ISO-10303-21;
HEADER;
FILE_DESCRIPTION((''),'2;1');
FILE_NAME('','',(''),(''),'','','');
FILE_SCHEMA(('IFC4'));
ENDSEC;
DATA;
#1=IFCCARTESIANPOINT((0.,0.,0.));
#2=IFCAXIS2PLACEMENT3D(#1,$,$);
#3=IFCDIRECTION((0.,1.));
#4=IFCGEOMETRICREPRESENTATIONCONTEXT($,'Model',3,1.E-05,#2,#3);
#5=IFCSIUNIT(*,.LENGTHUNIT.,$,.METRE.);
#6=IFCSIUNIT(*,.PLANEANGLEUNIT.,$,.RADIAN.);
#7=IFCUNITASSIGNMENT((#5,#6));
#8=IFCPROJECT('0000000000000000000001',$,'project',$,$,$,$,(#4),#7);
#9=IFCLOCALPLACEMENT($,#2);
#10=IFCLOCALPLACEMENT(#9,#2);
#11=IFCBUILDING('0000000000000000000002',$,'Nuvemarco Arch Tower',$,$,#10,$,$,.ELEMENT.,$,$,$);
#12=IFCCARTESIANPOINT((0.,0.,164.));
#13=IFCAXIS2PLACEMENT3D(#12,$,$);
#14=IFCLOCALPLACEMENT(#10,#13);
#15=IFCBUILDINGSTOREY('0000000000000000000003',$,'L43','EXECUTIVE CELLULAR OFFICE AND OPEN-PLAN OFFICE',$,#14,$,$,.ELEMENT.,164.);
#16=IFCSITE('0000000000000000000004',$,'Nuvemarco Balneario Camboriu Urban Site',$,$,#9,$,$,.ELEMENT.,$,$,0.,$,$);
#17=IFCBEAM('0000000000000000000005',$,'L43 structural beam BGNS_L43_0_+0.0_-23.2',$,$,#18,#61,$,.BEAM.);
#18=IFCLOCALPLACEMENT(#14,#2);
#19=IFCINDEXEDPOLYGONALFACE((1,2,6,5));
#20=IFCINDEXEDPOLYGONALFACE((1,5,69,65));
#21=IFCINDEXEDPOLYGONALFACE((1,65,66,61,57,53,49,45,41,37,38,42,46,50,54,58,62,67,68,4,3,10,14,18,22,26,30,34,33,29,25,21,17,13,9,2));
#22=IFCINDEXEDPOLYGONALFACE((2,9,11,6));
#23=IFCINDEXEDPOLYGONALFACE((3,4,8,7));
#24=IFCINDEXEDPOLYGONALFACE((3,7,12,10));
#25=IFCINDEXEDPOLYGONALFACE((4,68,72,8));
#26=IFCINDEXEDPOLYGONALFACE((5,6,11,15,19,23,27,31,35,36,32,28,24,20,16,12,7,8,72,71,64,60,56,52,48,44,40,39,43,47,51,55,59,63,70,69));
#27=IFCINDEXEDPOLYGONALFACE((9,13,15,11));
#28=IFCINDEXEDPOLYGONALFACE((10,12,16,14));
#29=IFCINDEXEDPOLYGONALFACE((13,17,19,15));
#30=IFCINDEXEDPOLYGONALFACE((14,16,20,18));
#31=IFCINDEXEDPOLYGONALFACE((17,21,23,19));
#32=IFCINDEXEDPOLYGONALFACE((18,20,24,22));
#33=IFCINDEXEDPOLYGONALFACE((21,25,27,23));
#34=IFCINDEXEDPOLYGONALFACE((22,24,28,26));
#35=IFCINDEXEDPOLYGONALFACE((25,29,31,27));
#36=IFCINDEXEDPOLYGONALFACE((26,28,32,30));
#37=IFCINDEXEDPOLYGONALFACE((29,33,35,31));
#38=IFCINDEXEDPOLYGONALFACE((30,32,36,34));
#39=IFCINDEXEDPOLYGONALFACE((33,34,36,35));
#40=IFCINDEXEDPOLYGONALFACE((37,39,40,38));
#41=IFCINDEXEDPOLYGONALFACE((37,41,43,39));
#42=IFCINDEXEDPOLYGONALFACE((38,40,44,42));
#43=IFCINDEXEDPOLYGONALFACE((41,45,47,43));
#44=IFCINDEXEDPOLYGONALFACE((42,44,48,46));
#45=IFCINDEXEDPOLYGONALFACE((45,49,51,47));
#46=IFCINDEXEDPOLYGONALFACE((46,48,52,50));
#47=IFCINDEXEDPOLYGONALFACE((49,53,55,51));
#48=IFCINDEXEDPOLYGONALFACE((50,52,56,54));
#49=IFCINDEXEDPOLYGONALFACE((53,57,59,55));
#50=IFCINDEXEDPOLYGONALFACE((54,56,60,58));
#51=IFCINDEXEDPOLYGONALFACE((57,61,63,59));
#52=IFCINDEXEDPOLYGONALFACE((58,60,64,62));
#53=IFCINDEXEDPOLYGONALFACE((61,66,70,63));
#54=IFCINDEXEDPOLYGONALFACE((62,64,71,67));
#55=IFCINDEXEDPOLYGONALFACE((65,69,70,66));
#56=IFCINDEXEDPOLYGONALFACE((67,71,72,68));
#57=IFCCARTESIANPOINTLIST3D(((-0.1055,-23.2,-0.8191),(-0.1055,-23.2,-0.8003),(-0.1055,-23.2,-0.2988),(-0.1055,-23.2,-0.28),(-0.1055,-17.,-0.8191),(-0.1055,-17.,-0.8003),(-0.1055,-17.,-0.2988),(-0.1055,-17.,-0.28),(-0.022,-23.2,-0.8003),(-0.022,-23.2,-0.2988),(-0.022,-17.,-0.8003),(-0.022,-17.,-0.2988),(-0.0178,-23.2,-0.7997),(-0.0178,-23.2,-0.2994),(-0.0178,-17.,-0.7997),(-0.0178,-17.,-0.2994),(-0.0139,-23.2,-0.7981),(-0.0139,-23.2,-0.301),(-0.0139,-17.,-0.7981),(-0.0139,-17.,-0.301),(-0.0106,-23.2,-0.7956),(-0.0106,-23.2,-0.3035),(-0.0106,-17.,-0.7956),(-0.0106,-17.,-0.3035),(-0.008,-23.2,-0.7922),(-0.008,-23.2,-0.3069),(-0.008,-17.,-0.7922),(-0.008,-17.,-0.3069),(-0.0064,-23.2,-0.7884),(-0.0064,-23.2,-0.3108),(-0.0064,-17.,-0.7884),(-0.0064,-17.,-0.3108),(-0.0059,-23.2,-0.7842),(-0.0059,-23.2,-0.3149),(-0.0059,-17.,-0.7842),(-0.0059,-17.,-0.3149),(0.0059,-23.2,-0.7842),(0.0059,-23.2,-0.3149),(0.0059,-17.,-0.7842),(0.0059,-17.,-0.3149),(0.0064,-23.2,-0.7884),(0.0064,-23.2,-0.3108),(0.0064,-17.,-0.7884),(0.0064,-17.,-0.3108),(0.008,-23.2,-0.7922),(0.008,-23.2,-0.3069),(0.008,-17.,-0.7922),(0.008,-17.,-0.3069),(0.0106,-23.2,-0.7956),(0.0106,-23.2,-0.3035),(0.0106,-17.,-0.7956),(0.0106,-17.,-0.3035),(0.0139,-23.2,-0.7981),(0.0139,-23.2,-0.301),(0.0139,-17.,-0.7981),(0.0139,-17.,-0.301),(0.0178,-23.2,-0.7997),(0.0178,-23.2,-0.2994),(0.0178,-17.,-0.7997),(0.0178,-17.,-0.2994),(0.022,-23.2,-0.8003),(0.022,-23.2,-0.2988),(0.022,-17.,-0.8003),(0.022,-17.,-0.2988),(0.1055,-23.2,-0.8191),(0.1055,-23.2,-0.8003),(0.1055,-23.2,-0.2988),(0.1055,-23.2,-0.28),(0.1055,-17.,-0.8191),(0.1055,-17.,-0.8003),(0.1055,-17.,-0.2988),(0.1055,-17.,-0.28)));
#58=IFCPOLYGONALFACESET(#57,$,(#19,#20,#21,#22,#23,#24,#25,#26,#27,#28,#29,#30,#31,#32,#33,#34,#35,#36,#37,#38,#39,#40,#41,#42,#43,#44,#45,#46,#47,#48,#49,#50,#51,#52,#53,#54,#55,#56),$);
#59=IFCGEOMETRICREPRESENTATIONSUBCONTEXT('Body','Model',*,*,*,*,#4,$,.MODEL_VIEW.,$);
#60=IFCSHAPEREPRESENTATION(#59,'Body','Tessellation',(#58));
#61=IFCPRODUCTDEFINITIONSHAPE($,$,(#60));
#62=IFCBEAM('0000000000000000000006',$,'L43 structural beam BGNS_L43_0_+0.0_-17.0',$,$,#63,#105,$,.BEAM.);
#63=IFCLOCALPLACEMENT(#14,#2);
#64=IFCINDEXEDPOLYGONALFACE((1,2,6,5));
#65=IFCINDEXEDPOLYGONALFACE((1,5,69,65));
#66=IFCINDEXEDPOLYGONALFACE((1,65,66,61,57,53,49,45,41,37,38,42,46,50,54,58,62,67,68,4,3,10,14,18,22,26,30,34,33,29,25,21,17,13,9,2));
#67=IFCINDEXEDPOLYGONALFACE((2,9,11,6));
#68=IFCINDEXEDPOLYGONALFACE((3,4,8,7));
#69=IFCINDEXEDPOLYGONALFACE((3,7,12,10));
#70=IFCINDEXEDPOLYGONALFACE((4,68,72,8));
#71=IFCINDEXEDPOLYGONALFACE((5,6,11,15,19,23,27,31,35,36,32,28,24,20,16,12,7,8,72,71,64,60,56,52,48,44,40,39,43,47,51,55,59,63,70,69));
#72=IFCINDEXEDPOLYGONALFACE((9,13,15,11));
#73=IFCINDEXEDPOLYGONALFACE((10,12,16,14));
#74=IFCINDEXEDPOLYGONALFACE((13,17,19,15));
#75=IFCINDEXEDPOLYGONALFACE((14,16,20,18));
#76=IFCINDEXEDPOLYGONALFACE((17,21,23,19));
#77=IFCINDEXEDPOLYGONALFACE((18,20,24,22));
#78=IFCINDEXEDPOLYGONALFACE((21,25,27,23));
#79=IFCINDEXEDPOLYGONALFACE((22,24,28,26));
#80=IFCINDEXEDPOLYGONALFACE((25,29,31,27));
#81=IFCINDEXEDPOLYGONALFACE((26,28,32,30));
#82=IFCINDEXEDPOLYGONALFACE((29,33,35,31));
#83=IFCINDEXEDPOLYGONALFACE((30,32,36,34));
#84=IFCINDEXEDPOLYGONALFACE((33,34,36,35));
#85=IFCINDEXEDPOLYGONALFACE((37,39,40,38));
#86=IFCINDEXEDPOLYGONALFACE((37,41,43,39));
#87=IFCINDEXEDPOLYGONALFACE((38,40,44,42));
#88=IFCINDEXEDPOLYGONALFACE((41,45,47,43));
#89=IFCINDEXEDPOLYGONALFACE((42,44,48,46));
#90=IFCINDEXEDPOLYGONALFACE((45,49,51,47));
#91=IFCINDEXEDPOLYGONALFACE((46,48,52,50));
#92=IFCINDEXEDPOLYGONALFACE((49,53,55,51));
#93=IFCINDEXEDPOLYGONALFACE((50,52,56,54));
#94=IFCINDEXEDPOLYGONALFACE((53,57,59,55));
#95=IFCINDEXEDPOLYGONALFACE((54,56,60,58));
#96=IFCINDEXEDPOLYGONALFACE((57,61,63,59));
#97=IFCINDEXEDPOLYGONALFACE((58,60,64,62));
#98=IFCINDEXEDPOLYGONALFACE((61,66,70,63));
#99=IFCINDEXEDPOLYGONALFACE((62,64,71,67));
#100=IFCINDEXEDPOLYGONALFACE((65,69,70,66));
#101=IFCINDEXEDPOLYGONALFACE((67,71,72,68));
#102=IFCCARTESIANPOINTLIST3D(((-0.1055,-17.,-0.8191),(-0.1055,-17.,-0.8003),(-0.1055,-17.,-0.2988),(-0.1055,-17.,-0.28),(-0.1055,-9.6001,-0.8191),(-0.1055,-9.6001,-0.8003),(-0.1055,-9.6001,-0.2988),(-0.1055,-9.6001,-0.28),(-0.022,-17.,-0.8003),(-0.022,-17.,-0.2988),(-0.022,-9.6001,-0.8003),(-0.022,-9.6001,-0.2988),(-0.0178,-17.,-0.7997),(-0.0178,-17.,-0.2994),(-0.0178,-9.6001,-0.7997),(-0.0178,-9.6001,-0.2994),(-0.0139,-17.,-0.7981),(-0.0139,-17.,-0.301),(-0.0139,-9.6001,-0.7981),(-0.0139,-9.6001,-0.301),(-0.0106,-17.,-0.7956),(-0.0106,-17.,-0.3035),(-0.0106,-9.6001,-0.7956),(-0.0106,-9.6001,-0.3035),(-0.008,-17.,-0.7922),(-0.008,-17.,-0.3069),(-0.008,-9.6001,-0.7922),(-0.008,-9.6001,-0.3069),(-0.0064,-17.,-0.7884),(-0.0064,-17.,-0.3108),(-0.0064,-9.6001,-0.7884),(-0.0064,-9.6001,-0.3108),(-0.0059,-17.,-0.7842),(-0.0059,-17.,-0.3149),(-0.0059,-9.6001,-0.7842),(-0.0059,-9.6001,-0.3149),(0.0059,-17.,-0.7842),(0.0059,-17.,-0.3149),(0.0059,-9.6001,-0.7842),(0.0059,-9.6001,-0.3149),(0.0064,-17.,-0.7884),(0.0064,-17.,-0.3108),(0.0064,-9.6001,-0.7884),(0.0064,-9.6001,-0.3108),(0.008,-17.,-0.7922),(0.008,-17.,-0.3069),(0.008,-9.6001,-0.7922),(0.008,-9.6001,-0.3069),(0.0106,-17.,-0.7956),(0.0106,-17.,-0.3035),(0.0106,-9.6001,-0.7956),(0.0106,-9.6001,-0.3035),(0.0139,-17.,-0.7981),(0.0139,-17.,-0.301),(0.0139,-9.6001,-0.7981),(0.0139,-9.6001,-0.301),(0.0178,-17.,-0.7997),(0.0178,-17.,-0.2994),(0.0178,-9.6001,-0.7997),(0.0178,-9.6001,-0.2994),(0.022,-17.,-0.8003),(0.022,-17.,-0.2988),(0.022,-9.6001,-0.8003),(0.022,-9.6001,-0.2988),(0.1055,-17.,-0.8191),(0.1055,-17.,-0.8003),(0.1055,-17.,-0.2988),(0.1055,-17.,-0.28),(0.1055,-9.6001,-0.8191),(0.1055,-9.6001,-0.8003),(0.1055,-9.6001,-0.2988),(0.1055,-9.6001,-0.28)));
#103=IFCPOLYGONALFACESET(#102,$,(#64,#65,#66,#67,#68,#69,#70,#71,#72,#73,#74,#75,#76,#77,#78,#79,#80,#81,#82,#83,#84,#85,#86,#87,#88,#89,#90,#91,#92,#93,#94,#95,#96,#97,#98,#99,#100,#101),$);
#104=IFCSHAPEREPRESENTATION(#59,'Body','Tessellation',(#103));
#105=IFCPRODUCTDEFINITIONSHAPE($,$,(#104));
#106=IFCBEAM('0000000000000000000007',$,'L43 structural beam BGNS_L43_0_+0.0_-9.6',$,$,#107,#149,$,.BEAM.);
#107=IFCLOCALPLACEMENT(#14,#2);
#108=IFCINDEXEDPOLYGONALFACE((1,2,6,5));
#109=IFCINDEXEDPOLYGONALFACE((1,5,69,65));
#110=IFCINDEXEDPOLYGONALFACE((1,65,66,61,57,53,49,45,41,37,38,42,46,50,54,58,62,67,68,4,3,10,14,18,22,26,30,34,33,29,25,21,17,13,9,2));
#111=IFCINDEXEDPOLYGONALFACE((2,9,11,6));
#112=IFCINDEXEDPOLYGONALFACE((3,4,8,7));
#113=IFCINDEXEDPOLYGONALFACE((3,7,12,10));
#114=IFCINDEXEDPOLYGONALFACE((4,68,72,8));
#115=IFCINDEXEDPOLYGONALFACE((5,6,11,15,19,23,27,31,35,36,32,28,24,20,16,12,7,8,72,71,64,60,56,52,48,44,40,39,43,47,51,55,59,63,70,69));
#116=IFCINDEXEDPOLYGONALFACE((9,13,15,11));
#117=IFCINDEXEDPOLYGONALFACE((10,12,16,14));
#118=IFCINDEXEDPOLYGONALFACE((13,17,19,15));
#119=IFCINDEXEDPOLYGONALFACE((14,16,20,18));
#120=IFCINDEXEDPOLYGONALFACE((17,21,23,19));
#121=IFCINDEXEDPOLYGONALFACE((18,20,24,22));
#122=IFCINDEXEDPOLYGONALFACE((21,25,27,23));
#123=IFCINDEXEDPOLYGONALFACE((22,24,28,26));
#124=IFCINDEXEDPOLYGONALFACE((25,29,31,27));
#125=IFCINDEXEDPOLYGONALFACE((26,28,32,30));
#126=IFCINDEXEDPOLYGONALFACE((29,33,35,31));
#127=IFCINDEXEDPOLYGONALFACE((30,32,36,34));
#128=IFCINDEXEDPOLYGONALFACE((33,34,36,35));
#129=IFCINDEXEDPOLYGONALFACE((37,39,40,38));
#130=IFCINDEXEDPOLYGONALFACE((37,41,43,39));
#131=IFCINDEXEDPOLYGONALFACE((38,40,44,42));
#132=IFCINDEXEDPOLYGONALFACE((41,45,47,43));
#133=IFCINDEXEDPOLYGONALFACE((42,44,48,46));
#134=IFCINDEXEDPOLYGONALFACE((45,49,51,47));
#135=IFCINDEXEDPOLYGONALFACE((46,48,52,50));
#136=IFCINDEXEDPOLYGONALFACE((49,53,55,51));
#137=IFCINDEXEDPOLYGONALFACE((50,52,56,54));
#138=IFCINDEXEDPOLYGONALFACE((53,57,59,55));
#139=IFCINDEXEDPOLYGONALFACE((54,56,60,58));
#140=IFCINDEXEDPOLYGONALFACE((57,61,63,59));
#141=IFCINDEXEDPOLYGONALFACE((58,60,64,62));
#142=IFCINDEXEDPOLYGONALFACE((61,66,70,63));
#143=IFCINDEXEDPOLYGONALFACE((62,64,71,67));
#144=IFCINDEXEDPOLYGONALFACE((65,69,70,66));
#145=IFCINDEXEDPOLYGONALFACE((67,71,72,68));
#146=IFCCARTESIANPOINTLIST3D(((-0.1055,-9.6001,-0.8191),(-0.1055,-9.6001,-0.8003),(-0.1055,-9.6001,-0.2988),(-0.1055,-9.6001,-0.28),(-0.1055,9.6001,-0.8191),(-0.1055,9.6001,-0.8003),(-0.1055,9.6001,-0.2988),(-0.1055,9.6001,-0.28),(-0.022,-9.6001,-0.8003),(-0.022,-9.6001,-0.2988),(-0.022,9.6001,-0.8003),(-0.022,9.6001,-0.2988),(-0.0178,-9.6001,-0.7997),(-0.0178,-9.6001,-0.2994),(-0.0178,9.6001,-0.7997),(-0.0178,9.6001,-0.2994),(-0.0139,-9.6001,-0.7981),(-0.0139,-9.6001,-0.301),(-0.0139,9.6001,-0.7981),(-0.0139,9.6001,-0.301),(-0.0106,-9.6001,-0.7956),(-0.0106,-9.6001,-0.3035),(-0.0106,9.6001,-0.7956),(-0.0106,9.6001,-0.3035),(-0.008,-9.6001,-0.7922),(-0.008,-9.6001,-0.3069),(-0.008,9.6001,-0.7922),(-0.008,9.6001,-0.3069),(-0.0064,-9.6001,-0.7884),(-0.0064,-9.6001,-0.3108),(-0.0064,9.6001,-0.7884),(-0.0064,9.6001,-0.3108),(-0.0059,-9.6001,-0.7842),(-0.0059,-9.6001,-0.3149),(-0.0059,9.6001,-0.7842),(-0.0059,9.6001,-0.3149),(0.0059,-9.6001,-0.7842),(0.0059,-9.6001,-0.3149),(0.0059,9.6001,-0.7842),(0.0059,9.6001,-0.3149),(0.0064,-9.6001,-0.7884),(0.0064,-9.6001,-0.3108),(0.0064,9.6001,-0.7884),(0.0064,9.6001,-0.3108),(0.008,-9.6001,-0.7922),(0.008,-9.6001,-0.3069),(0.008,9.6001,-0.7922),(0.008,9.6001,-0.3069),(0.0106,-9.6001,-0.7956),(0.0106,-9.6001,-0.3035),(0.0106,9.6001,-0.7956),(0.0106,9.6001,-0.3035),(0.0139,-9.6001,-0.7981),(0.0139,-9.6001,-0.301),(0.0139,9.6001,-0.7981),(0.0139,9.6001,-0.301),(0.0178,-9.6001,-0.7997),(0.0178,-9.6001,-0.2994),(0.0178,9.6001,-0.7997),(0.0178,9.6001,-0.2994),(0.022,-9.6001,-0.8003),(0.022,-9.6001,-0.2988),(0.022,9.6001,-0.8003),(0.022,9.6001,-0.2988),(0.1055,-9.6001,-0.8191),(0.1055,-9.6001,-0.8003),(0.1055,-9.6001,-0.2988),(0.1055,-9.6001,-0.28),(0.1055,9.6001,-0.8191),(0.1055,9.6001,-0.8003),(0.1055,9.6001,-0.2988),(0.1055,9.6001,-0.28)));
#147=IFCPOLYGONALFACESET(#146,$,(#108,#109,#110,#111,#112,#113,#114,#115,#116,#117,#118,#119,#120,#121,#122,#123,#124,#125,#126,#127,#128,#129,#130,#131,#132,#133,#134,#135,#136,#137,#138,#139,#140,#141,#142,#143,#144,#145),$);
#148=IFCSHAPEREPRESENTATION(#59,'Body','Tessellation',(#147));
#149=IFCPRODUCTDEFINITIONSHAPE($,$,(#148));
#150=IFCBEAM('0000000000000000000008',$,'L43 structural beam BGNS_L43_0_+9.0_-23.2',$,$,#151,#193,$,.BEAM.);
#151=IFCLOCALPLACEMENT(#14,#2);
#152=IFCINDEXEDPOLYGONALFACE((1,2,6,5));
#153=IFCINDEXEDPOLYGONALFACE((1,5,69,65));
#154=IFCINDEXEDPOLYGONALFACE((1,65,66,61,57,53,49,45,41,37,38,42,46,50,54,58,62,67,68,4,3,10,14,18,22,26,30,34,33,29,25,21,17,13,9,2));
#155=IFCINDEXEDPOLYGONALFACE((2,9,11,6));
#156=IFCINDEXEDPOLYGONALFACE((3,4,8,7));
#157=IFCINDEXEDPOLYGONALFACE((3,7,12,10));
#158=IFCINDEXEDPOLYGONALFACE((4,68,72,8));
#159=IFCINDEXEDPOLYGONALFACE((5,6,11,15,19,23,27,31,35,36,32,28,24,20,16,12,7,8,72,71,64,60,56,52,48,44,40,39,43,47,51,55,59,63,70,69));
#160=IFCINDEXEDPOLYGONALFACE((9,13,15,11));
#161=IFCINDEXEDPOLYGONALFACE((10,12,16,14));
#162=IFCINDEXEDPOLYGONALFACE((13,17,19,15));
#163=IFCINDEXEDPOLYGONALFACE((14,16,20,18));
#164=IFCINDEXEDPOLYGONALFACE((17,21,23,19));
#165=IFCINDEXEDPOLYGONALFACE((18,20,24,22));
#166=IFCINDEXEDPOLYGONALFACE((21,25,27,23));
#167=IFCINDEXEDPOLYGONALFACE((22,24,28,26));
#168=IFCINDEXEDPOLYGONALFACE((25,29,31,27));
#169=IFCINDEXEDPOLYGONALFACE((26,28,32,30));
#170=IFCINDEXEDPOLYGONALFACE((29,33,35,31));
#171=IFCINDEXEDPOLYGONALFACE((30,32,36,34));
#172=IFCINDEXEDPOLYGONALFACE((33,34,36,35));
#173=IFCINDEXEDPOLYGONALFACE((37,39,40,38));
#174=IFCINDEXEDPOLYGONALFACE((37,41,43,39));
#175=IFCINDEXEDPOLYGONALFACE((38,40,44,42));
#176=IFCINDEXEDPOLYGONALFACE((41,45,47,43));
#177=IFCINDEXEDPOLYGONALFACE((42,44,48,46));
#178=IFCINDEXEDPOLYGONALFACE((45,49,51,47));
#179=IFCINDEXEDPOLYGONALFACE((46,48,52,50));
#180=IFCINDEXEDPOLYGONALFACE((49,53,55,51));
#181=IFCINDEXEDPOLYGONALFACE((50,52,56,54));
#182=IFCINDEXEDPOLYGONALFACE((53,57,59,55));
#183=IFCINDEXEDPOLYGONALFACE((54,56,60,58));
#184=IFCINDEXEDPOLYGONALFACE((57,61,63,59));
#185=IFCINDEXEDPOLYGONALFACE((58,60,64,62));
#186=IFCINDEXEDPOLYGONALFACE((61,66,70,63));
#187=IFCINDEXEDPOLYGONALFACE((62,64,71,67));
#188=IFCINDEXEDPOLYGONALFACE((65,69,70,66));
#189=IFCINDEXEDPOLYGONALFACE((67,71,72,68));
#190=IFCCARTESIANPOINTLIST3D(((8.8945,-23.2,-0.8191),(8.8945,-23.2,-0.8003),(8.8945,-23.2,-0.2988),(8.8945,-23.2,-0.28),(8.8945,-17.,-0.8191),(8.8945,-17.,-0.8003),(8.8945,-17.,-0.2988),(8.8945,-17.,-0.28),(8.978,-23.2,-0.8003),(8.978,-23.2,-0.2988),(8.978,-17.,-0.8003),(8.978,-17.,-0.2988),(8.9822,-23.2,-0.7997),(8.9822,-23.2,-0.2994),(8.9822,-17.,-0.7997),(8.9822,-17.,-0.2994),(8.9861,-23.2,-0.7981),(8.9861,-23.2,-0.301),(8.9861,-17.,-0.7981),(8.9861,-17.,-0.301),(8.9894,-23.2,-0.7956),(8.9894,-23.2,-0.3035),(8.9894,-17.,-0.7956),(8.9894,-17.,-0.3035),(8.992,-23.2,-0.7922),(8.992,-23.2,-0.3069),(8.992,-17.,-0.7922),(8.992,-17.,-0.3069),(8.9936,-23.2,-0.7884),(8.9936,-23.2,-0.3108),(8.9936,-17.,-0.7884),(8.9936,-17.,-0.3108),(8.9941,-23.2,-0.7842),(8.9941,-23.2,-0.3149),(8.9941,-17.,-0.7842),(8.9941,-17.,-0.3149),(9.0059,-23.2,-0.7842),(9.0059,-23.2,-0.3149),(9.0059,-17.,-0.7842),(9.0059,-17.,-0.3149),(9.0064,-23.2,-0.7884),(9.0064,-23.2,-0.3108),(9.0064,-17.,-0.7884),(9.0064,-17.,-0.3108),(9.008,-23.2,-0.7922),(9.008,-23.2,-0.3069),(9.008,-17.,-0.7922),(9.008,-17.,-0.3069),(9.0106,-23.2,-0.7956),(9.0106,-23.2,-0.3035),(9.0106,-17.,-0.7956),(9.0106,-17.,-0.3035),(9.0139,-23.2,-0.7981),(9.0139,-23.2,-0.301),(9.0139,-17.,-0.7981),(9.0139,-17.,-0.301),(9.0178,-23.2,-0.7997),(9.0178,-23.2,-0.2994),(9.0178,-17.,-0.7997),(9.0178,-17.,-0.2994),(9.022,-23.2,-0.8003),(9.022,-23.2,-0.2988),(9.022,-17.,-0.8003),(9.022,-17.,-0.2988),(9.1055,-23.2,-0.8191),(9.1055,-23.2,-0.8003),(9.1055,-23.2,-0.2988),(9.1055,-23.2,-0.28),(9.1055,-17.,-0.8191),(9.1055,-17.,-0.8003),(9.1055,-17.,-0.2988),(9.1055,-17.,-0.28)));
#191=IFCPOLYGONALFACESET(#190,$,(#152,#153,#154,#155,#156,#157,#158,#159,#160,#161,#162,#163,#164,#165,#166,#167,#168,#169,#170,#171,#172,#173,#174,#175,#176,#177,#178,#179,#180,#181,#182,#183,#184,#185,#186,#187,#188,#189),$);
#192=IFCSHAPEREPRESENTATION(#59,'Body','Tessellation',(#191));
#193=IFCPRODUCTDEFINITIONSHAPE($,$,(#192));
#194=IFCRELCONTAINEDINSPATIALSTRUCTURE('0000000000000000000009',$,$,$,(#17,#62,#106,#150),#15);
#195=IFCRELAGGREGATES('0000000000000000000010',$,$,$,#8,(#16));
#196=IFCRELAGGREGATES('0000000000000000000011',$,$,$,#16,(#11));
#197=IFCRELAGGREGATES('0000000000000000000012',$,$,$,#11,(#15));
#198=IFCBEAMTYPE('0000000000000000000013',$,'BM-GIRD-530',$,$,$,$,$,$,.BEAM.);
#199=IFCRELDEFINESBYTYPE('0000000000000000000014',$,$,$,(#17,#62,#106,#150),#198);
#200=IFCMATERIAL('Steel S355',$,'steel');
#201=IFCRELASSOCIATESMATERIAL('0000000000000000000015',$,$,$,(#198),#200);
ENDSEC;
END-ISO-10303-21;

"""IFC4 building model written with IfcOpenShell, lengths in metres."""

from ifc_helpers import new_model, si_unit, direction, frame, origin, origin_2d, place, context, subcontext, project, spatial, i_section, extrude, material, material_profile, profile_set, type_object, element, save


model = new_model("IFC4")

# Units and contexts
model_context = context("Model", 3, precision=1e-05, world=origin(), true_north=direction((0.0, 1.0)))
body_context = subcontext(model_context, "Body", "Model", "MODEL_VIEW")
ifc_project = project(units=[si_unit("LENGTHUNIT", "METRE"), si_unit("PLANEANGLEUNIT", "RADIAN")], contexts=[model_context])

# Site, building, storey
site_placement = place(None, origin())
site = spatial("IfcSite", under=ifc_project, at=site_placement, Name="Nuvemarco Balneario Camboriu Urban Site", CompositionType="ELEMENT", RefElevation=0.0)
building_placement = place(site_placement, origin())
building = spatial("IfcBuilding", under=site, at=building_placement, Name="Nuvemarco Arch Tower", CompositionType="ELEMENT")
storey_placement = place(building_placement, frame((0.0, 0.0, 164.0)))
storey = spatial("IfcBuildingStorey", under=building, at=storey_placement, Name="L43", Description="EXECUTIVE CELLULAR OFFICE AND OPEN-PLAN OFFICE", CompositionType="ELEMENT", Elevation=164.0)

# Shared definitions
ifc_material_1 = material(Name="Steel S355", Category="steel")

# Beams
ifc_material_profile_1 = material_profile(ifc_material_1, i_section(OverallWidth=0.2109, OverallDepth=0.5391, WebThickness=0.0117, FlangeThickness=0.0188, FilletRadius=0.0161, at=origin_2d()), Name="W530x109")
ifc_profile_set_1 = profile_set([ifc_material_profile_1], Name="Steel S355")
beam_type_1 = type_object("IfcBeamType", Name="BM-GIRD-530", PredefinedType="BEAM", material=ifc_profile_set_1)
beam_1_placement = place(storey_placement, frame((0.0, -23.2, -0.5496), z_axis=(0.0, 1.0, 0.0), x_axis=(-1.0, 0.0, 0.0)))
element("IfcBeam", 1, at=beam_1_placement, inside=storey, type_object=beam_type_1, Name="L43 structural beam BGNS_L43_0_+0.0_-23.2", PredefinedType="BEAM", context=body_context, shape_type="SweptSolid", body=[
    extrude(i_section(OverallWidth=0.2109, OverallDepth=0.5391, WebThickness=0.0117, FlangeThickness=0.0188, FilletRadius=0.0161, at=origin_2d()), origin(), (0.0, 0.0, 1.0), 6.2),
])
beam_2_placement = place(storey_placement, frame((0.0, -17.0, -0.5496), z_axis=(0.0, 1.0, 0.0), x_axis=(-1.0, 0.0, 0.0)))
element("IfcBeam", 2, at=beam_2_placement, inside=storey, type_object=beam_type_1, Name="L43 structural beam BGNS_L43_0_+0.0_-17.0", PredefinedType="BEAM", context=body_context, shape_type="SweptSolid", body=[
    extrude(i_section(OverallWidth=0.2109, OverallDepth=0.5391, WebThickness=0.0117, FlangeThickness=0.0188, FilletRadius=0.0161, at=origin_2d()), origin(), (0.0, 0.0, 1.0), 7.3999),
])
beam_3_placement = place(storey_placement, frame((0.0, -9.6001, -0.5496), z_axis=(0.0, 1.0, 0.0), x_axis=(-1.0, 0.0, 0.0)))
element("IfcBeam", 3, at=beam_3_placement, inside=storey, type_object=beam_type_1, Name="L43 structural beam BGNS_L43_0_+0.0_-9.6", PredefinedType="BEAM", context=body_context, shape_type="SweptSolid", body=[
    extrude(i_section(OverallWidth=0.2109, OverallDepth=0.5391, WebThickness=0.0117, FlangeThickness=0.0188, FilletRadius=0.0161, at=origin_2d()), origin(), (0.0, 0.0, 1.0), 19.2002),
])
beam_4_placement = place(storey_placement, frame((9.0, -23.2, -0.5496), z_axis=(0.0, 1.0, 0.0), x_axis=(-1.0, 0.0, 0.0)))
element("IfcBeam", 4, at=beam_4_placement, inside=storey, type_object=beam_type_1, Name="L43 structural beam BGNS_L43_0_+9.0_-23.2", PredefinedType="BEAM", context=body_context, shape_type="SweptSolid", body=[
    extrude(i_section(OverallWidth=0.2109, OverallDepth=0.5391, WebThickness=0.0117, FlangeThickness=0.0188, FilletRadius=0.0161, at=origin_2d()), origin(), (0.0, 0.0, 1.0), 6.2),
])

save(model, "model.ifc")
